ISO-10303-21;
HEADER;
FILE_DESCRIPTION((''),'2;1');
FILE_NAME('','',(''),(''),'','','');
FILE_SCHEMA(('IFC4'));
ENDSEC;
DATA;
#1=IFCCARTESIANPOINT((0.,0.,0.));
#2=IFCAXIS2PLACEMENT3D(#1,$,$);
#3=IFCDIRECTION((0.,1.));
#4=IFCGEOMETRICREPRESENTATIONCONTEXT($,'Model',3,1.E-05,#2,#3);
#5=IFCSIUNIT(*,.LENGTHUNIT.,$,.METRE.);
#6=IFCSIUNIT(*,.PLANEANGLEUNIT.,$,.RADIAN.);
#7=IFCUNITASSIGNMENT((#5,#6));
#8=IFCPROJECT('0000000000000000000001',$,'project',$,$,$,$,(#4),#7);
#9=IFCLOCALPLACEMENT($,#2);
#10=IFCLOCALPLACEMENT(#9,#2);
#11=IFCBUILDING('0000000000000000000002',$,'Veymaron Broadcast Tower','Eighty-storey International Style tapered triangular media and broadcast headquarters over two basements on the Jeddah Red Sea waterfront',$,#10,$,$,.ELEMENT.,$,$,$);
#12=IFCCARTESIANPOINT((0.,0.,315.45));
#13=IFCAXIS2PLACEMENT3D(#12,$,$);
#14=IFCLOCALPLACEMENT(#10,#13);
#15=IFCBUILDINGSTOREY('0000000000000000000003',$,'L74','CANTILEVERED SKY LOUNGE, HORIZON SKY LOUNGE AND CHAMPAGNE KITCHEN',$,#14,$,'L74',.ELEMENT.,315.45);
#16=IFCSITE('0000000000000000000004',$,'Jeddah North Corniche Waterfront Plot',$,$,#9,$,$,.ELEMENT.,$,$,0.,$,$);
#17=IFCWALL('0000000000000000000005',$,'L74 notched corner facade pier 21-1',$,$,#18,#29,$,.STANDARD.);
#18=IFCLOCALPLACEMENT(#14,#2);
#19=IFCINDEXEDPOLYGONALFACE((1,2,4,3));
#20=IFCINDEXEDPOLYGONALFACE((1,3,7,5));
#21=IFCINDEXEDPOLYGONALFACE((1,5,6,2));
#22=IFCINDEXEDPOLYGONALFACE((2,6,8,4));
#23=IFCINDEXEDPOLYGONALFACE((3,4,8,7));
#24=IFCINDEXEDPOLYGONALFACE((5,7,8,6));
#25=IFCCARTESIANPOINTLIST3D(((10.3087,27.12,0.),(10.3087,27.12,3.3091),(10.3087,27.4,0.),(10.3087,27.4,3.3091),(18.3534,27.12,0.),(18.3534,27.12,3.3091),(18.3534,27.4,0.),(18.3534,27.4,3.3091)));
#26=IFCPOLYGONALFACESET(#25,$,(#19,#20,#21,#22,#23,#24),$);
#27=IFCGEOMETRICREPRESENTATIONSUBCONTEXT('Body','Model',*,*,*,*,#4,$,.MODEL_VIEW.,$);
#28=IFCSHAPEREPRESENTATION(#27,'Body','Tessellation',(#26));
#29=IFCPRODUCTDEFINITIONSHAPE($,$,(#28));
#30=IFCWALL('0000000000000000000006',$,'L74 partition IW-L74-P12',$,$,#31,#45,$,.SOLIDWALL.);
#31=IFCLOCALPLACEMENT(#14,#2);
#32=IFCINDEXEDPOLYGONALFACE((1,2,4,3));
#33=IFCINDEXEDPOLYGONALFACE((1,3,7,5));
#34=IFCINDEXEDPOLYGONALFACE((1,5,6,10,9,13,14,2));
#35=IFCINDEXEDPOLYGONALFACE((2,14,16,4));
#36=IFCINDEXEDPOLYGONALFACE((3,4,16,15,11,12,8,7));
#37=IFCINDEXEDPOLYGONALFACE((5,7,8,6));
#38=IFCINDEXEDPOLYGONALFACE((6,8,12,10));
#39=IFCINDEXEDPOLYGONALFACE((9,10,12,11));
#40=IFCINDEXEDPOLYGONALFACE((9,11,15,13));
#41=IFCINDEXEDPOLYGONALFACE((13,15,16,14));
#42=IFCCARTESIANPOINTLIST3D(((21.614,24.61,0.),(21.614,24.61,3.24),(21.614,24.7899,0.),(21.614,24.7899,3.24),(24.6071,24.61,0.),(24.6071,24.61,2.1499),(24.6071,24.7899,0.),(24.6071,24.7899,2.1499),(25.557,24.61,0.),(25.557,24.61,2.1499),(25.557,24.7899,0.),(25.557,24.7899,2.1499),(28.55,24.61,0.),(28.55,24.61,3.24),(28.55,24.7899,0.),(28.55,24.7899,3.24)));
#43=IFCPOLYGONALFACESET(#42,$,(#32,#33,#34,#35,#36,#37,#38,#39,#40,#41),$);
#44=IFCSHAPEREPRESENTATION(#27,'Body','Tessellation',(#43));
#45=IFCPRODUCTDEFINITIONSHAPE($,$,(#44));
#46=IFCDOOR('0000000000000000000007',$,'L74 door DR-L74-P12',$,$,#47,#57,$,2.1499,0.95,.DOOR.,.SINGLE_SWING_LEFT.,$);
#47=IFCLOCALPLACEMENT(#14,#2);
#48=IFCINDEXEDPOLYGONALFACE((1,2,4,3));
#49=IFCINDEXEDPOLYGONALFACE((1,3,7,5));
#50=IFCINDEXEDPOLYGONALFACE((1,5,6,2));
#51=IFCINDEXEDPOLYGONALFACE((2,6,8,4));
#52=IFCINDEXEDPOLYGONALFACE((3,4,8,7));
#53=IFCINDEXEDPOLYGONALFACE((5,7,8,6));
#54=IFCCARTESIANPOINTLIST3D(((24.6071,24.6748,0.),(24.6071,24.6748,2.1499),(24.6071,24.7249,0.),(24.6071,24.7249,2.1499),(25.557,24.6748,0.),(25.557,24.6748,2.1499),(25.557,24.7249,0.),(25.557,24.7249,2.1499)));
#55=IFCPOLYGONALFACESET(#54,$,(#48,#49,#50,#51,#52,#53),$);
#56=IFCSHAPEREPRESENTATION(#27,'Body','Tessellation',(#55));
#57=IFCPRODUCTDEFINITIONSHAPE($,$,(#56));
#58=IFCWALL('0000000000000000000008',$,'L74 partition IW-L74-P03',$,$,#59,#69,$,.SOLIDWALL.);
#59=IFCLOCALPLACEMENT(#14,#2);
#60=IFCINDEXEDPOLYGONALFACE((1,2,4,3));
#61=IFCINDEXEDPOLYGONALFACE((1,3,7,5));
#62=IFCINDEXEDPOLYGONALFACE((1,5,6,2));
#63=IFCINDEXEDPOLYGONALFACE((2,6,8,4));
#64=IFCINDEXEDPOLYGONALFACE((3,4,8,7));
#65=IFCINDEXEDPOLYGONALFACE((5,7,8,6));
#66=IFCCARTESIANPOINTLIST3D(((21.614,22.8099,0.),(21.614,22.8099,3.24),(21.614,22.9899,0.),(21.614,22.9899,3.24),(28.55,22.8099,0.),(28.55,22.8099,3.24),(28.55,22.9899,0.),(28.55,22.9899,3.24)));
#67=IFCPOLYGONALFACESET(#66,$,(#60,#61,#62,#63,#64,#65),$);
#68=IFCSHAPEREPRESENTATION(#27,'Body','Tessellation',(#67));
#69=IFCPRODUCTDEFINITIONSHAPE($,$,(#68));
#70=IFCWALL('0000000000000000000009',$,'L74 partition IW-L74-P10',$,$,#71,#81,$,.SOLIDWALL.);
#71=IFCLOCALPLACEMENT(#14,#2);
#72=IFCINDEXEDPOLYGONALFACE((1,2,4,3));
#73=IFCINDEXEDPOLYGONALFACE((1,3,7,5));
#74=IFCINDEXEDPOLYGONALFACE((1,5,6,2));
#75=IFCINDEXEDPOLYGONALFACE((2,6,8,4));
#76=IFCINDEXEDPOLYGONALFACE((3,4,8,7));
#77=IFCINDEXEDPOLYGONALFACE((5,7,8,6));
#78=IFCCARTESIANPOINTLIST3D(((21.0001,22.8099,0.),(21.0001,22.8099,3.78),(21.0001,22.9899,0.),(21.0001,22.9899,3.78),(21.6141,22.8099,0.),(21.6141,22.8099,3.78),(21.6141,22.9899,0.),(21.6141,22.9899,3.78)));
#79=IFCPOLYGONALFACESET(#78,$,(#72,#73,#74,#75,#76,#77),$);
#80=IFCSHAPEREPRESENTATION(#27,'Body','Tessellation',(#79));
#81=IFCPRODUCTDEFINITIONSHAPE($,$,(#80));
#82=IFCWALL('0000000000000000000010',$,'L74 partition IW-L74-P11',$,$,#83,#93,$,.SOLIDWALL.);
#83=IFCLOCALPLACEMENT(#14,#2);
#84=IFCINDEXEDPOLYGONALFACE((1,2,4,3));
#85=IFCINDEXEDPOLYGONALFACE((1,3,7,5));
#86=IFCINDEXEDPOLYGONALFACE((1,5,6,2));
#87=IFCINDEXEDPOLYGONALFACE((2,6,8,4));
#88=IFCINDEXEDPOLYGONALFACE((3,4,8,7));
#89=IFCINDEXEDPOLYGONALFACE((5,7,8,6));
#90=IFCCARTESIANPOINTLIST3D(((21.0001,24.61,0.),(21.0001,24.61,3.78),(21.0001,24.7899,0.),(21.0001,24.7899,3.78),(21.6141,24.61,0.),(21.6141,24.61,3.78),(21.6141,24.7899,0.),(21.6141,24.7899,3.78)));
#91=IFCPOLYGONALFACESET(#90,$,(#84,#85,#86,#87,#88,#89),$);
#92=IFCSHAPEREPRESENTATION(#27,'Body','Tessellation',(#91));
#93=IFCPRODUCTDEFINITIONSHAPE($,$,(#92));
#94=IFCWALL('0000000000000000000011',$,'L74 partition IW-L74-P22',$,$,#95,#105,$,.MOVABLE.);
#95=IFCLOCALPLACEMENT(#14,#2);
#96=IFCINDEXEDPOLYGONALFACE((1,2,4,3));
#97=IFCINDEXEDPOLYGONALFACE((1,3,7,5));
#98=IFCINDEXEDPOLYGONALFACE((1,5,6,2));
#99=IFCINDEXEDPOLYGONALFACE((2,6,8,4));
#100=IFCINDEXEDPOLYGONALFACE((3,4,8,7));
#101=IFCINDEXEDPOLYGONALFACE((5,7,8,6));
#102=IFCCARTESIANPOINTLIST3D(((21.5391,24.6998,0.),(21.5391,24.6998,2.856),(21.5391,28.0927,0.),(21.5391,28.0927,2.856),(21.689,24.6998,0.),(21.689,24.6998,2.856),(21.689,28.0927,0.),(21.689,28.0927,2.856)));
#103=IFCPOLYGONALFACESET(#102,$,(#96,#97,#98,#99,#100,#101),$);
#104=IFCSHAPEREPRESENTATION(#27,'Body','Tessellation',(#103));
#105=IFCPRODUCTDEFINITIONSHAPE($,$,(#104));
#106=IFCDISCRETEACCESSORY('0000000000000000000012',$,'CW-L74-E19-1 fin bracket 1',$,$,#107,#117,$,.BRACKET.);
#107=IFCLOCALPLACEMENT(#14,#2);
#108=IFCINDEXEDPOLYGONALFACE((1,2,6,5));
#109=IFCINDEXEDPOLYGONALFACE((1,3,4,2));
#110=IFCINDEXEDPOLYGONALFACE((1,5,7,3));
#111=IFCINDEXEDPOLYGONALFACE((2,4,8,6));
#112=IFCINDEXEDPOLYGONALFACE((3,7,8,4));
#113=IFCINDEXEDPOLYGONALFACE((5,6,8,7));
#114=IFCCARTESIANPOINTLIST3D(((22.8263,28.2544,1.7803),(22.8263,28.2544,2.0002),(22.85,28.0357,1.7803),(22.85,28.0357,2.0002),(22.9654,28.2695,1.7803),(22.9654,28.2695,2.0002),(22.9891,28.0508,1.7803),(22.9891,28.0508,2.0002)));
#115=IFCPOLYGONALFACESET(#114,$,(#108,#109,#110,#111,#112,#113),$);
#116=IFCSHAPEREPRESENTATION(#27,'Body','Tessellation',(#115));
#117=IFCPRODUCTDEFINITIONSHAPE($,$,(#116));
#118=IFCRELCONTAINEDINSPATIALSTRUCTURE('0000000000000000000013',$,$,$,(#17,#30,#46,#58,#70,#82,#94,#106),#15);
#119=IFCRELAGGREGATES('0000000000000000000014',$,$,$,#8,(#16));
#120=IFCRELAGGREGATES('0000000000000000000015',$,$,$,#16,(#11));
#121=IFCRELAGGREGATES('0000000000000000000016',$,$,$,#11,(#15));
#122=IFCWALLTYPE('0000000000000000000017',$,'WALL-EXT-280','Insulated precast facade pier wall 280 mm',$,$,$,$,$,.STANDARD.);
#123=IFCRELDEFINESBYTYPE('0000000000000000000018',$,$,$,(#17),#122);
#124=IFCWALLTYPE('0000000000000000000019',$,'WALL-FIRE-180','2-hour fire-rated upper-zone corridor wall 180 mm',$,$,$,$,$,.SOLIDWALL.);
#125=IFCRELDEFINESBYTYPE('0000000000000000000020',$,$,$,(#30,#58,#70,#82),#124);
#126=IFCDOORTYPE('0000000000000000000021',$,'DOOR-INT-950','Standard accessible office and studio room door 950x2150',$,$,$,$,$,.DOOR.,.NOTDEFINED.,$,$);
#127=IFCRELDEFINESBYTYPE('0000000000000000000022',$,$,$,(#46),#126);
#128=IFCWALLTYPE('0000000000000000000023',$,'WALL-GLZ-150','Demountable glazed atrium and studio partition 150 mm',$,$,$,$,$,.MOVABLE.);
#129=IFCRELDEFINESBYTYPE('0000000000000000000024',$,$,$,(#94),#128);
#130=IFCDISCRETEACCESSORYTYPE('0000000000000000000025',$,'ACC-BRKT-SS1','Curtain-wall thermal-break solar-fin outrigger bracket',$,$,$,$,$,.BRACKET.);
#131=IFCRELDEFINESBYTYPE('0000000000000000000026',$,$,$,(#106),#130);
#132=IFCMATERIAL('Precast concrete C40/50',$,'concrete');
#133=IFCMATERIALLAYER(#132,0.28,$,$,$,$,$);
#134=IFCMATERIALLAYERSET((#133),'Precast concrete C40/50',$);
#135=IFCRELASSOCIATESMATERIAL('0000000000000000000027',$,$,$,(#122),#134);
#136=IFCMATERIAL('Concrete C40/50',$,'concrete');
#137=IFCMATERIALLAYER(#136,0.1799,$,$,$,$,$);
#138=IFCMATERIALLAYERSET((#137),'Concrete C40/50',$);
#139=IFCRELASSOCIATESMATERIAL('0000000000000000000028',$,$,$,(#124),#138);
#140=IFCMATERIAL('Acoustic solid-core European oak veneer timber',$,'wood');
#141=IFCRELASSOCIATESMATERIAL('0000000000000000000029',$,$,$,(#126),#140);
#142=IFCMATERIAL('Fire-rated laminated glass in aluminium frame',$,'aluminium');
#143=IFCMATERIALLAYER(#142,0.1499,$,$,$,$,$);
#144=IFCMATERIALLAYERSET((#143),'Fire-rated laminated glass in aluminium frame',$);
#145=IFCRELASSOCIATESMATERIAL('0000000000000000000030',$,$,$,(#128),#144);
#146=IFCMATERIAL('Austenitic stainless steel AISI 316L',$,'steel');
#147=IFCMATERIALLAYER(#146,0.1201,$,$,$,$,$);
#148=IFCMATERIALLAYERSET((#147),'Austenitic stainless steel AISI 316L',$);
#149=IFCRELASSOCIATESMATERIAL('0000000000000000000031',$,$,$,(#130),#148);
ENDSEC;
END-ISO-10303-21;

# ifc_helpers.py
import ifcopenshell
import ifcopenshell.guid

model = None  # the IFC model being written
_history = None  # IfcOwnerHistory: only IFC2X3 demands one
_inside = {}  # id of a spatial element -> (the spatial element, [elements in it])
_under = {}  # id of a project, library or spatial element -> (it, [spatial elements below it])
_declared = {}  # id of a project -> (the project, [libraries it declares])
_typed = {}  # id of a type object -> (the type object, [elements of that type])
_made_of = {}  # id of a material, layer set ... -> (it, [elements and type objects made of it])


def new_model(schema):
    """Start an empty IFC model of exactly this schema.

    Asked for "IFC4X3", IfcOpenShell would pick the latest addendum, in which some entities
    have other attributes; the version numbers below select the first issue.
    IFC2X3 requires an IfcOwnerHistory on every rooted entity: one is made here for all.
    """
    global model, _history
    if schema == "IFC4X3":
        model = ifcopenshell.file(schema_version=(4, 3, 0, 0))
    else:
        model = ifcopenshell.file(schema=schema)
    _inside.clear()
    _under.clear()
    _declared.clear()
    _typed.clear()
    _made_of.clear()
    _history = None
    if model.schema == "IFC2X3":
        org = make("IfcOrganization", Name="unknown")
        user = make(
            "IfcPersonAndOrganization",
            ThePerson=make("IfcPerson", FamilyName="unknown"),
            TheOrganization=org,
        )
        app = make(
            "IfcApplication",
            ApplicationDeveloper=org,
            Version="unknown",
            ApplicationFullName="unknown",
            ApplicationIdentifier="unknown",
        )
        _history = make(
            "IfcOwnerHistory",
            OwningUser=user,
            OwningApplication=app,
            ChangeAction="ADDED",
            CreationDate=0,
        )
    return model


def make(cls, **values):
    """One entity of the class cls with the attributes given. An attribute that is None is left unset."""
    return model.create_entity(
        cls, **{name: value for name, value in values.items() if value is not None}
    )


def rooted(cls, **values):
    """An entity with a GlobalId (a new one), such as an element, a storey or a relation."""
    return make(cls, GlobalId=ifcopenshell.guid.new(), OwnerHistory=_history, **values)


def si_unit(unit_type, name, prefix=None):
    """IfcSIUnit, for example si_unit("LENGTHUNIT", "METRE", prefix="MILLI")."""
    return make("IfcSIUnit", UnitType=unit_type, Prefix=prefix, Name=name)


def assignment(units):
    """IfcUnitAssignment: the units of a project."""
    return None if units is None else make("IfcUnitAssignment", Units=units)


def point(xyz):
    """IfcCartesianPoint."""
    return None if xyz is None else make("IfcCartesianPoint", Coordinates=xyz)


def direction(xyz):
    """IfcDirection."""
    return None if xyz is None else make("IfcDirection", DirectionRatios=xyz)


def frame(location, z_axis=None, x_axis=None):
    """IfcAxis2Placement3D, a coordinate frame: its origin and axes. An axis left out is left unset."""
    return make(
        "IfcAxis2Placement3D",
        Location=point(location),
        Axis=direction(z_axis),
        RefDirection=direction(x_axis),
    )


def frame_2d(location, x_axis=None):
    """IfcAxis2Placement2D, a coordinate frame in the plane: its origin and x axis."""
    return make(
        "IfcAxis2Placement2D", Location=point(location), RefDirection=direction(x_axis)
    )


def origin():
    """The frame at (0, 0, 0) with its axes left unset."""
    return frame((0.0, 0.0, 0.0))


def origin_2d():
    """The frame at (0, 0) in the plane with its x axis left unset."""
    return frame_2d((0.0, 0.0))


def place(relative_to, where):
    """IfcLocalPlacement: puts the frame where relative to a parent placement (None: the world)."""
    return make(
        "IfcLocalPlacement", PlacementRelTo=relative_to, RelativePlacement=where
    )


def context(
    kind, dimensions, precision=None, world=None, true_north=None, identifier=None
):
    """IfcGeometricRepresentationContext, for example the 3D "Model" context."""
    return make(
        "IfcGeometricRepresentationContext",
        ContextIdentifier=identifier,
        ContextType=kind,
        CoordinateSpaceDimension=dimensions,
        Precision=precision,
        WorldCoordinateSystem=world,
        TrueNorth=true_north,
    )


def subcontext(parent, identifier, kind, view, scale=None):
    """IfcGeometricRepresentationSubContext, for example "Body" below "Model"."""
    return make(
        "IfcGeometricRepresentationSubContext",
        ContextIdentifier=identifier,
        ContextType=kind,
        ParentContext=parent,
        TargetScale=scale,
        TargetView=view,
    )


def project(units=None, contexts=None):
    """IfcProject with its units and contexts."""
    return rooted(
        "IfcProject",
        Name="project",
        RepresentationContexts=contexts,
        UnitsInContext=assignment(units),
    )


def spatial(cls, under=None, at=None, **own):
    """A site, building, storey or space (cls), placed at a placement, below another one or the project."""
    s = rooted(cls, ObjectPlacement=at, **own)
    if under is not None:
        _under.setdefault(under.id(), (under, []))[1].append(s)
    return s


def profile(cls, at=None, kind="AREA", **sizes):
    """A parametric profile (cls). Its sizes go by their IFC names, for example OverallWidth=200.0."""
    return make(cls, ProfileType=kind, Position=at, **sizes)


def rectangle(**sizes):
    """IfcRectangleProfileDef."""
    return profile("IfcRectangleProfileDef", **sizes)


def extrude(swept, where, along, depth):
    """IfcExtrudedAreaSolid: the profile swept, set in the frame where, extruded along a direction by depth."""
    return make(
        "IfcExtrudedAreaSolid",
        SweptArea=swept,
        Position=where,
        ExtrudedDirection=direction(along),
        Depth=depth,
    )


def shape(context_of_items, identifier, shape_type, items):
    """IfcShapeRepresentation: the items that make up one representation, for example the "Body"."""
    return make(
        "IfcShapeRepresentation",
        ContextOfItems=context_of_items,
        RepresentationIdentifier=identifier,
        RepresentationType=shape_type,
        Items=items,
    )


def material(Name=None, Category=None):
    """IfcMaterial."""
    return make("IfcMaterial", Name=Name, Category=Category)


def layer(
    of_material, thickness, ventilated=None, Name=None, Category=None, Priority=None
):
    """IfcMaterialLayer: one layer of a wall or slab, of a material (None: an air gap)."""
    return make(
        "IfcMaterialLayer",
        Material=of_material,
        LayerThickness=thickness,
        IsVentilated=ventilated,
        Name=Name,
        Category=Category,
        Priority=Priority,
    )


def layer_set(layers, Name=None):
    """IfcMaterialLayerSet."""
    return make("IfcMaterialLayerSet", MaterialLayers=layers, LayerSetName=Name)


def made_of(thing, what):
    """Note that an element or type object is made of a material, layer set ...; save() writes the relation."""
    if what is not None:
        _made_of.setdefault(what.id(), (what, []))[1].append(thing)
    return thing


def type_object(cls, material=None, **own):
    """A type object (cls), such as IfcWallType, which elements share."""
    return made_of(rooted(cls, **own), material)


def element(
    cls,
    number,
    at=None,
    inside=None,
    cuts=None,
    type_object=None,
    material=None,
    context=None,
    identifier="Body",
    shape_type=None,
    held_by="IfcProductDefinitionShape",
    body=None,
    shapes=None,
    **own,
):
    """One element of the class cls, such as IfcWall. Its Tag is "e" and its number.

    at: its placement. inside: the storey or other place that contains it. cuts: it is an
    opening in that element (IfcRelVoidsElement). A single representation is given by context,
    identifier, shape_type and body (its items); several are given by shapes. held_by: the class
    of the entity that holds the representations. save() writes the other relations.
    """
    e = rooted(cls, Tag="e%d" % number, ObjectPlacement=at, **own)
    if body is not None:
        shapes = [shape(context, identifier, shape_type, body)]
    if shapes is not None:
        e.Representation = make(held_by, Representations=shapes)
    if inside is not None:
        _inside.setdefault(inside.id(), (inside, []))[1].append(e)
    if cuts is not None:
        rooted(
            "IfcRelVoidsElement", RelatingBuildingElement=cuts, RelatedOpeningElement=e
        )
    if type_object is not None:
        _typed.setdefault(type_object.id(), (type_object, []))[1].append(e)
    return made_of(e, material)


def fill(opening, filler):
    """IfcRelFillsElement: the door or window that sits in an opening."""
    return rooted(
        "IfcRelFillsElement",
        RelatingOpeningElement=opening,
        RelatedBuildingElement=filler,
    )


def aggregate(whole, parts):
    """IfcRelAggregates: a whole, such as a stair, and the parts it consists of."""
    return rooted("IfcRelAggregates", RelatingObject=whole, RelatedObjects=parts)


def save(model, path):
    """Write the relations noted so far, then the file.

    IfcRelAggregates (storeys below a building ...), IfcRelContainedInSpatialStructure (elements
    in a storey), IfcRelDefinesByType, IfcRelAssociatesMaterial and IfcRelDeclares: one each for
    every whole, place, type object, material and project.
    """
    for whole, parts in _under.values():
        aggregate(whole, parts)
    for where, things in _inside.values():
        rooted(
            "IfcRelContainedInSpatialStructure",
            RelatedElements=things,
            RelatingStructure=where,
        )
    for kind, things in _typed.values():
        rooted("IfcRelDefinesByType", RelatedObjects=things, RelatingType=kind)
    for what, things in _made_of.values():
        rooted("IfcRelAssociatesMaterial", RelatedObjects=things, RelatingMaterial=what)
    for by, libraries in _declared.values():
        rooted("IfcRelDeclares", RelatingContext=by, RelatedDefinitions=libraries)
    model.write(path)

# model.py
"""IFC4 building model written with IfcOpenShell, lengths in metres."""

from ifc_helpers import new_model, si_unit, direction, frame, frame_2d, origin, origin_2d, place, context, subcontext, project, spatial, rectangle, extrude, material, layer, layer_set, type_object, element, fill, save


model = new_model("IFC4")

# Units and contexts
model_context = context("Model", 3, precision=1e-05, world=origin(), true_north=direction((0.0, 1.0)))
body_context = subcontext(model_context, "Body", "Model", "MODEL_VIEW")
ifc_project = project(units=[si_unit("LENGTHUNIT", "METRE"), si_unit("PLANEANGLEUNIT", "RADIAN")], contexts=[model_context])

# Site, building, storey
site_placement = place(None, origin())
site = spatial("IfcSite", under=ifc_project, at=site_placement, Name="Jeddah North Corniche Waterfront Plot", CompositionType="ELEMENT", RefElevation=0.0)
building_placement = place(site_placement, origin())
building = spatial("IfcBuilding", under=site, at=building_placement, Name="Veymaron Broadcast Tower", Description="Eighty-storey International Style tapered triangular media and broadcast headquarters over two basements on the Jeddah Red Sea waterfront", CompositionType="ELEMENT")
storey_placement = place(building_placement, frame((0.0, 0.0, 315.45)))
storey = spatial("IfcBuildingStorey", under=building, at=storey_placement, Name="L74", Description="CANTILEVERED SKY LOUNGE, HORIZON SKY LOUNGE AND CHAMPAGNE KITCHEN", LongName="L74", CompositionType="ELEMENT", Elevation=315.45)

# Wall
ifc_material_1 = material(Name="Precast concrete C40/50", Category="concrete")
ifc_layer_1 = layer(ifc_material_1, 0.28)
ifc_layer_set_1 = layer_set([ifc_layer_1], Name="Precast concrete C40/50")
wall_type_1 = type_object("IfcWallType", Name="WALL-EXT-280", Description="Insulated precast facade pier wall 280 mm", PredefinedType="STANDARD", material=ifc_layer_set_1)
wall_1_placement = place(storey_placement, frame((18.3535, 27.26, 0.0), z_axis=(0.0, 0.0, 1.0), x_axis=(-1.0, 0.0, 0.0)))
element("IfcWall", 1, at=wall_1_placement, inside=storey, type_object=wall_type_1, Name="L74 notched corner facade pier 21-1", PredefinedType="STANDARD", context=body_context, shape_type="SweptSolid", body=[
    extrude(rectangle(XDim=8.0447, YDim=0.28, at=frame_2d((4.0225, 0.0))), origin(), (0.0, 0.0, 1.0), 3.3091),
])

# Wall, opening, door
ifc_material_2 = material(Name="Concrete C40/50", Category="concrete")
ifc_layer_2 = layer(ifc_material_2, 0.1799)
ifc_layer_set_2 = layer_set([ifc_layer_2], Name="Concrete C40/50")
wall_type_2 = type_object("IfcWallType", Name="WALL-FIRE-180", Description="2-hour fire-rated upper-zone corridor wall 180 mm", PredefinedType="SOLIDWALL", material=ifc_layer_set_2)
wall_2_placement = place(storey_placement, frame((21.614, 24.7, 0.0), z_axis=(0.0, 0.0, 1.0), x_axis=(1.0, 0.0, 0.0)))
wall_2 = element("IfcWall", 2, at=wall_2_placement, inside=storey, type_object=wall_type_2, Name="L74 partition IW-L74-P12", PredefinedType="SOLIDWALL", context=body_context, shape_type="SweptSolid", body=[
    extrude(rectangle(XDim=6.936, YDim=0.1799, at=frame_2d((3.468, 0.0))), origin(), (0.0, 0.0, 1.0), 3.24),
])
opening_placement = place(wall_2_placement, frame((2.9929, 0.0, 0.0)))
opening = element("IfcOpeningElement", 3, at=opening_placement, cuts=wall_2, PredefinedType="OPENING", context=body_context, shape_type="SweptSolid", body=[
    extrude(rectangle(XDim=0.95, YDim=2.1499, at=frame_2d((0.4751, 1.075))), frame((0.0, 0.1001, 0.0), z_axis=(0.0, -1.0, 0.0), x_axis=(1.0, 0.0, 0.0)), (0.0, 0.0, 1.0), 0.2),
])
ifc_material_3 = material(Name="Acoustic solid-core European oak veneer timber", Category="wood")
door_type = type_object("IfcDoorType", Name="DOOR-INT-950", Description="Standard accessible office and studio room door 950x2150", OperationType="NOTDEFINED", PredefinedType="DOOR", material=ifc_material_3)
door_placement = place(opening_placement, origin())
door = element("IfcDoor", 4, at=door_placement, inside=storey, type_object=door_type, Name="L74 door DR-L74-P12", OperationType="SINGLE_SWING_LEFT", OverallHeight=2.1499, OverallWidth=0.95, PredefinedType="DOOR", context=body_context, shape_type="SweptSolid", body=[
    extrude(rectangle(XDim=0.95, YDim=2.1499, at=frame_2d((0.4751, 1.075))), frame((0.0, 0.0249, 0.0), z_axis=(0.0, -1.0, 0.0), x_axis=(1.0, 0.0, 0.0)), (0.0, 0.0, 1.0), 0.05),
])
fill(opening, door)

# Walls
wall_3_placement = place(storey_placement, frame((21.614, 22.8999, 0.0), z_axis=(0.0, 0.0, 1.0), x_axis=(1.0, 0.0, 0.0)))
element("IfcWall", 5, at=wall_3_placement, inside=storey, type_object=wall_type_2, Name="L74 partition IW-L74-P03", PredefinedType="SOLIDWALL", context=body_context, shape_type="SweptSolid", body=[
    extrude(rectangle(XDim=6.936, YDim=0.1799, at=frame_2d((3.468, 0.0))), origin(), (0.0, 0.0, 1.0), 3.24),
])
for number, where, z_axis, x_axis, name in (
    (6, (21.0, 22.8999, 0.0), (0.0, 0.0, 1.0), (1.0, 0.0, 0.0), "L74 partition IW-L74-P10"),
    (7, (21.0, 24.7, 0.0), (0.0, 0.0, 1.0), (1.0, 0.0, 0.0), "L74 partition IW-L74-P11"),
):
    element("IfcWall", number, at=place(storey_placement, frame(where, z_axis=z_axis, x_axis=x_axis)), inside=storey, type_object=wall_type_2, Name=name, PredefinedType="SOLIDWALL", context=body_context, shape_type="SweptSolid", body=[
        extrude(rectangle(XDim=0.614, YDim=0.1799, at=frame_2d((0.3071, 0.0))), origin(), (0.0, 0.0, 1.0), 3.78),
    ])
ifc_material_4 = material(Name="Fire-rated laminated glass in aluminium frame", Category="aluminium")
ifc_layer_3 = layer(ifc_material_4, 0.1499)
ifc_layer_set_3 = layer_set([ifc_layer_3], Name="Fire-rated laminated glass in aluminium frame")
wall_type_3 = type_object("IfcWallType", Name="WALL-GLZ-150", Description="Demountable glazed atrium and studio partition 150 mm", PredefinedType="MOVABLE", material=ifc_layer_set_3)
wall_4_placement = place(storey_placement, frame((21.614, 24.7, 0.0), z_axis=(0.0, 0.0, 1.0), x_axis=(0.0, 1.0, 0.0)))
element("IfcWall", 8, at=wall_4_placement, inside=storey, type_object=wall_type_3, Name="L74 partition IW-L74-P22", PredefinedType="MOVABLE", context=body_context, shape_type="SweptSolid", body=[
    extrude(rectangle(XDim=3.3928, YDim=0.1499, at=frame_2d((1.6963, 0.0))), origin(), (0.0, 0.0, 1.0), 2.856),
])

# Discrete accessory
ifc_material_5 = material(Name="Austenitic stainless steel AISI 316L", Category="steel")
ifc_layer_4 = layer(ifc_material_5, 0.1201)
ifc_layer_set_4 = layer_set([ifc_layer_4], Name="Austenitic stainless steel AISI 316L")
discrete_accessory_type = type_object("IfcDiscreteAccessoryType", Name="ACC-BRKT-SS1", Description="Curtain-wall thermal-break solar-fin outrigger bracket", PredefinedType="BRACKET", material=ifc_layer_set_4)
discrete_accessory_placement = place(storey_placement, frame((22.9077, 28.1526, 1.7803), z_axis=(0.0, 0.0, 1.0), x_axis=(-0.107791, 0.994174, 0.0)))
element("IfcDiscreteAccessory", 9, at=discrete_accessory_placement, inside=storey, type_object=discrete_accessory_type, Name="CW-L74-E19-1 fin bracket 1", PredefinedType="BRACKET", context=body_context, shape_type="SweptSolid", body=[
    extrude(rectangle(XDim=0.22, YDim=0.1399, at=origin_2d()), origin(), (0.0, 0.0, 1.0), 0.22),
])

save(model, "model.ifc")
